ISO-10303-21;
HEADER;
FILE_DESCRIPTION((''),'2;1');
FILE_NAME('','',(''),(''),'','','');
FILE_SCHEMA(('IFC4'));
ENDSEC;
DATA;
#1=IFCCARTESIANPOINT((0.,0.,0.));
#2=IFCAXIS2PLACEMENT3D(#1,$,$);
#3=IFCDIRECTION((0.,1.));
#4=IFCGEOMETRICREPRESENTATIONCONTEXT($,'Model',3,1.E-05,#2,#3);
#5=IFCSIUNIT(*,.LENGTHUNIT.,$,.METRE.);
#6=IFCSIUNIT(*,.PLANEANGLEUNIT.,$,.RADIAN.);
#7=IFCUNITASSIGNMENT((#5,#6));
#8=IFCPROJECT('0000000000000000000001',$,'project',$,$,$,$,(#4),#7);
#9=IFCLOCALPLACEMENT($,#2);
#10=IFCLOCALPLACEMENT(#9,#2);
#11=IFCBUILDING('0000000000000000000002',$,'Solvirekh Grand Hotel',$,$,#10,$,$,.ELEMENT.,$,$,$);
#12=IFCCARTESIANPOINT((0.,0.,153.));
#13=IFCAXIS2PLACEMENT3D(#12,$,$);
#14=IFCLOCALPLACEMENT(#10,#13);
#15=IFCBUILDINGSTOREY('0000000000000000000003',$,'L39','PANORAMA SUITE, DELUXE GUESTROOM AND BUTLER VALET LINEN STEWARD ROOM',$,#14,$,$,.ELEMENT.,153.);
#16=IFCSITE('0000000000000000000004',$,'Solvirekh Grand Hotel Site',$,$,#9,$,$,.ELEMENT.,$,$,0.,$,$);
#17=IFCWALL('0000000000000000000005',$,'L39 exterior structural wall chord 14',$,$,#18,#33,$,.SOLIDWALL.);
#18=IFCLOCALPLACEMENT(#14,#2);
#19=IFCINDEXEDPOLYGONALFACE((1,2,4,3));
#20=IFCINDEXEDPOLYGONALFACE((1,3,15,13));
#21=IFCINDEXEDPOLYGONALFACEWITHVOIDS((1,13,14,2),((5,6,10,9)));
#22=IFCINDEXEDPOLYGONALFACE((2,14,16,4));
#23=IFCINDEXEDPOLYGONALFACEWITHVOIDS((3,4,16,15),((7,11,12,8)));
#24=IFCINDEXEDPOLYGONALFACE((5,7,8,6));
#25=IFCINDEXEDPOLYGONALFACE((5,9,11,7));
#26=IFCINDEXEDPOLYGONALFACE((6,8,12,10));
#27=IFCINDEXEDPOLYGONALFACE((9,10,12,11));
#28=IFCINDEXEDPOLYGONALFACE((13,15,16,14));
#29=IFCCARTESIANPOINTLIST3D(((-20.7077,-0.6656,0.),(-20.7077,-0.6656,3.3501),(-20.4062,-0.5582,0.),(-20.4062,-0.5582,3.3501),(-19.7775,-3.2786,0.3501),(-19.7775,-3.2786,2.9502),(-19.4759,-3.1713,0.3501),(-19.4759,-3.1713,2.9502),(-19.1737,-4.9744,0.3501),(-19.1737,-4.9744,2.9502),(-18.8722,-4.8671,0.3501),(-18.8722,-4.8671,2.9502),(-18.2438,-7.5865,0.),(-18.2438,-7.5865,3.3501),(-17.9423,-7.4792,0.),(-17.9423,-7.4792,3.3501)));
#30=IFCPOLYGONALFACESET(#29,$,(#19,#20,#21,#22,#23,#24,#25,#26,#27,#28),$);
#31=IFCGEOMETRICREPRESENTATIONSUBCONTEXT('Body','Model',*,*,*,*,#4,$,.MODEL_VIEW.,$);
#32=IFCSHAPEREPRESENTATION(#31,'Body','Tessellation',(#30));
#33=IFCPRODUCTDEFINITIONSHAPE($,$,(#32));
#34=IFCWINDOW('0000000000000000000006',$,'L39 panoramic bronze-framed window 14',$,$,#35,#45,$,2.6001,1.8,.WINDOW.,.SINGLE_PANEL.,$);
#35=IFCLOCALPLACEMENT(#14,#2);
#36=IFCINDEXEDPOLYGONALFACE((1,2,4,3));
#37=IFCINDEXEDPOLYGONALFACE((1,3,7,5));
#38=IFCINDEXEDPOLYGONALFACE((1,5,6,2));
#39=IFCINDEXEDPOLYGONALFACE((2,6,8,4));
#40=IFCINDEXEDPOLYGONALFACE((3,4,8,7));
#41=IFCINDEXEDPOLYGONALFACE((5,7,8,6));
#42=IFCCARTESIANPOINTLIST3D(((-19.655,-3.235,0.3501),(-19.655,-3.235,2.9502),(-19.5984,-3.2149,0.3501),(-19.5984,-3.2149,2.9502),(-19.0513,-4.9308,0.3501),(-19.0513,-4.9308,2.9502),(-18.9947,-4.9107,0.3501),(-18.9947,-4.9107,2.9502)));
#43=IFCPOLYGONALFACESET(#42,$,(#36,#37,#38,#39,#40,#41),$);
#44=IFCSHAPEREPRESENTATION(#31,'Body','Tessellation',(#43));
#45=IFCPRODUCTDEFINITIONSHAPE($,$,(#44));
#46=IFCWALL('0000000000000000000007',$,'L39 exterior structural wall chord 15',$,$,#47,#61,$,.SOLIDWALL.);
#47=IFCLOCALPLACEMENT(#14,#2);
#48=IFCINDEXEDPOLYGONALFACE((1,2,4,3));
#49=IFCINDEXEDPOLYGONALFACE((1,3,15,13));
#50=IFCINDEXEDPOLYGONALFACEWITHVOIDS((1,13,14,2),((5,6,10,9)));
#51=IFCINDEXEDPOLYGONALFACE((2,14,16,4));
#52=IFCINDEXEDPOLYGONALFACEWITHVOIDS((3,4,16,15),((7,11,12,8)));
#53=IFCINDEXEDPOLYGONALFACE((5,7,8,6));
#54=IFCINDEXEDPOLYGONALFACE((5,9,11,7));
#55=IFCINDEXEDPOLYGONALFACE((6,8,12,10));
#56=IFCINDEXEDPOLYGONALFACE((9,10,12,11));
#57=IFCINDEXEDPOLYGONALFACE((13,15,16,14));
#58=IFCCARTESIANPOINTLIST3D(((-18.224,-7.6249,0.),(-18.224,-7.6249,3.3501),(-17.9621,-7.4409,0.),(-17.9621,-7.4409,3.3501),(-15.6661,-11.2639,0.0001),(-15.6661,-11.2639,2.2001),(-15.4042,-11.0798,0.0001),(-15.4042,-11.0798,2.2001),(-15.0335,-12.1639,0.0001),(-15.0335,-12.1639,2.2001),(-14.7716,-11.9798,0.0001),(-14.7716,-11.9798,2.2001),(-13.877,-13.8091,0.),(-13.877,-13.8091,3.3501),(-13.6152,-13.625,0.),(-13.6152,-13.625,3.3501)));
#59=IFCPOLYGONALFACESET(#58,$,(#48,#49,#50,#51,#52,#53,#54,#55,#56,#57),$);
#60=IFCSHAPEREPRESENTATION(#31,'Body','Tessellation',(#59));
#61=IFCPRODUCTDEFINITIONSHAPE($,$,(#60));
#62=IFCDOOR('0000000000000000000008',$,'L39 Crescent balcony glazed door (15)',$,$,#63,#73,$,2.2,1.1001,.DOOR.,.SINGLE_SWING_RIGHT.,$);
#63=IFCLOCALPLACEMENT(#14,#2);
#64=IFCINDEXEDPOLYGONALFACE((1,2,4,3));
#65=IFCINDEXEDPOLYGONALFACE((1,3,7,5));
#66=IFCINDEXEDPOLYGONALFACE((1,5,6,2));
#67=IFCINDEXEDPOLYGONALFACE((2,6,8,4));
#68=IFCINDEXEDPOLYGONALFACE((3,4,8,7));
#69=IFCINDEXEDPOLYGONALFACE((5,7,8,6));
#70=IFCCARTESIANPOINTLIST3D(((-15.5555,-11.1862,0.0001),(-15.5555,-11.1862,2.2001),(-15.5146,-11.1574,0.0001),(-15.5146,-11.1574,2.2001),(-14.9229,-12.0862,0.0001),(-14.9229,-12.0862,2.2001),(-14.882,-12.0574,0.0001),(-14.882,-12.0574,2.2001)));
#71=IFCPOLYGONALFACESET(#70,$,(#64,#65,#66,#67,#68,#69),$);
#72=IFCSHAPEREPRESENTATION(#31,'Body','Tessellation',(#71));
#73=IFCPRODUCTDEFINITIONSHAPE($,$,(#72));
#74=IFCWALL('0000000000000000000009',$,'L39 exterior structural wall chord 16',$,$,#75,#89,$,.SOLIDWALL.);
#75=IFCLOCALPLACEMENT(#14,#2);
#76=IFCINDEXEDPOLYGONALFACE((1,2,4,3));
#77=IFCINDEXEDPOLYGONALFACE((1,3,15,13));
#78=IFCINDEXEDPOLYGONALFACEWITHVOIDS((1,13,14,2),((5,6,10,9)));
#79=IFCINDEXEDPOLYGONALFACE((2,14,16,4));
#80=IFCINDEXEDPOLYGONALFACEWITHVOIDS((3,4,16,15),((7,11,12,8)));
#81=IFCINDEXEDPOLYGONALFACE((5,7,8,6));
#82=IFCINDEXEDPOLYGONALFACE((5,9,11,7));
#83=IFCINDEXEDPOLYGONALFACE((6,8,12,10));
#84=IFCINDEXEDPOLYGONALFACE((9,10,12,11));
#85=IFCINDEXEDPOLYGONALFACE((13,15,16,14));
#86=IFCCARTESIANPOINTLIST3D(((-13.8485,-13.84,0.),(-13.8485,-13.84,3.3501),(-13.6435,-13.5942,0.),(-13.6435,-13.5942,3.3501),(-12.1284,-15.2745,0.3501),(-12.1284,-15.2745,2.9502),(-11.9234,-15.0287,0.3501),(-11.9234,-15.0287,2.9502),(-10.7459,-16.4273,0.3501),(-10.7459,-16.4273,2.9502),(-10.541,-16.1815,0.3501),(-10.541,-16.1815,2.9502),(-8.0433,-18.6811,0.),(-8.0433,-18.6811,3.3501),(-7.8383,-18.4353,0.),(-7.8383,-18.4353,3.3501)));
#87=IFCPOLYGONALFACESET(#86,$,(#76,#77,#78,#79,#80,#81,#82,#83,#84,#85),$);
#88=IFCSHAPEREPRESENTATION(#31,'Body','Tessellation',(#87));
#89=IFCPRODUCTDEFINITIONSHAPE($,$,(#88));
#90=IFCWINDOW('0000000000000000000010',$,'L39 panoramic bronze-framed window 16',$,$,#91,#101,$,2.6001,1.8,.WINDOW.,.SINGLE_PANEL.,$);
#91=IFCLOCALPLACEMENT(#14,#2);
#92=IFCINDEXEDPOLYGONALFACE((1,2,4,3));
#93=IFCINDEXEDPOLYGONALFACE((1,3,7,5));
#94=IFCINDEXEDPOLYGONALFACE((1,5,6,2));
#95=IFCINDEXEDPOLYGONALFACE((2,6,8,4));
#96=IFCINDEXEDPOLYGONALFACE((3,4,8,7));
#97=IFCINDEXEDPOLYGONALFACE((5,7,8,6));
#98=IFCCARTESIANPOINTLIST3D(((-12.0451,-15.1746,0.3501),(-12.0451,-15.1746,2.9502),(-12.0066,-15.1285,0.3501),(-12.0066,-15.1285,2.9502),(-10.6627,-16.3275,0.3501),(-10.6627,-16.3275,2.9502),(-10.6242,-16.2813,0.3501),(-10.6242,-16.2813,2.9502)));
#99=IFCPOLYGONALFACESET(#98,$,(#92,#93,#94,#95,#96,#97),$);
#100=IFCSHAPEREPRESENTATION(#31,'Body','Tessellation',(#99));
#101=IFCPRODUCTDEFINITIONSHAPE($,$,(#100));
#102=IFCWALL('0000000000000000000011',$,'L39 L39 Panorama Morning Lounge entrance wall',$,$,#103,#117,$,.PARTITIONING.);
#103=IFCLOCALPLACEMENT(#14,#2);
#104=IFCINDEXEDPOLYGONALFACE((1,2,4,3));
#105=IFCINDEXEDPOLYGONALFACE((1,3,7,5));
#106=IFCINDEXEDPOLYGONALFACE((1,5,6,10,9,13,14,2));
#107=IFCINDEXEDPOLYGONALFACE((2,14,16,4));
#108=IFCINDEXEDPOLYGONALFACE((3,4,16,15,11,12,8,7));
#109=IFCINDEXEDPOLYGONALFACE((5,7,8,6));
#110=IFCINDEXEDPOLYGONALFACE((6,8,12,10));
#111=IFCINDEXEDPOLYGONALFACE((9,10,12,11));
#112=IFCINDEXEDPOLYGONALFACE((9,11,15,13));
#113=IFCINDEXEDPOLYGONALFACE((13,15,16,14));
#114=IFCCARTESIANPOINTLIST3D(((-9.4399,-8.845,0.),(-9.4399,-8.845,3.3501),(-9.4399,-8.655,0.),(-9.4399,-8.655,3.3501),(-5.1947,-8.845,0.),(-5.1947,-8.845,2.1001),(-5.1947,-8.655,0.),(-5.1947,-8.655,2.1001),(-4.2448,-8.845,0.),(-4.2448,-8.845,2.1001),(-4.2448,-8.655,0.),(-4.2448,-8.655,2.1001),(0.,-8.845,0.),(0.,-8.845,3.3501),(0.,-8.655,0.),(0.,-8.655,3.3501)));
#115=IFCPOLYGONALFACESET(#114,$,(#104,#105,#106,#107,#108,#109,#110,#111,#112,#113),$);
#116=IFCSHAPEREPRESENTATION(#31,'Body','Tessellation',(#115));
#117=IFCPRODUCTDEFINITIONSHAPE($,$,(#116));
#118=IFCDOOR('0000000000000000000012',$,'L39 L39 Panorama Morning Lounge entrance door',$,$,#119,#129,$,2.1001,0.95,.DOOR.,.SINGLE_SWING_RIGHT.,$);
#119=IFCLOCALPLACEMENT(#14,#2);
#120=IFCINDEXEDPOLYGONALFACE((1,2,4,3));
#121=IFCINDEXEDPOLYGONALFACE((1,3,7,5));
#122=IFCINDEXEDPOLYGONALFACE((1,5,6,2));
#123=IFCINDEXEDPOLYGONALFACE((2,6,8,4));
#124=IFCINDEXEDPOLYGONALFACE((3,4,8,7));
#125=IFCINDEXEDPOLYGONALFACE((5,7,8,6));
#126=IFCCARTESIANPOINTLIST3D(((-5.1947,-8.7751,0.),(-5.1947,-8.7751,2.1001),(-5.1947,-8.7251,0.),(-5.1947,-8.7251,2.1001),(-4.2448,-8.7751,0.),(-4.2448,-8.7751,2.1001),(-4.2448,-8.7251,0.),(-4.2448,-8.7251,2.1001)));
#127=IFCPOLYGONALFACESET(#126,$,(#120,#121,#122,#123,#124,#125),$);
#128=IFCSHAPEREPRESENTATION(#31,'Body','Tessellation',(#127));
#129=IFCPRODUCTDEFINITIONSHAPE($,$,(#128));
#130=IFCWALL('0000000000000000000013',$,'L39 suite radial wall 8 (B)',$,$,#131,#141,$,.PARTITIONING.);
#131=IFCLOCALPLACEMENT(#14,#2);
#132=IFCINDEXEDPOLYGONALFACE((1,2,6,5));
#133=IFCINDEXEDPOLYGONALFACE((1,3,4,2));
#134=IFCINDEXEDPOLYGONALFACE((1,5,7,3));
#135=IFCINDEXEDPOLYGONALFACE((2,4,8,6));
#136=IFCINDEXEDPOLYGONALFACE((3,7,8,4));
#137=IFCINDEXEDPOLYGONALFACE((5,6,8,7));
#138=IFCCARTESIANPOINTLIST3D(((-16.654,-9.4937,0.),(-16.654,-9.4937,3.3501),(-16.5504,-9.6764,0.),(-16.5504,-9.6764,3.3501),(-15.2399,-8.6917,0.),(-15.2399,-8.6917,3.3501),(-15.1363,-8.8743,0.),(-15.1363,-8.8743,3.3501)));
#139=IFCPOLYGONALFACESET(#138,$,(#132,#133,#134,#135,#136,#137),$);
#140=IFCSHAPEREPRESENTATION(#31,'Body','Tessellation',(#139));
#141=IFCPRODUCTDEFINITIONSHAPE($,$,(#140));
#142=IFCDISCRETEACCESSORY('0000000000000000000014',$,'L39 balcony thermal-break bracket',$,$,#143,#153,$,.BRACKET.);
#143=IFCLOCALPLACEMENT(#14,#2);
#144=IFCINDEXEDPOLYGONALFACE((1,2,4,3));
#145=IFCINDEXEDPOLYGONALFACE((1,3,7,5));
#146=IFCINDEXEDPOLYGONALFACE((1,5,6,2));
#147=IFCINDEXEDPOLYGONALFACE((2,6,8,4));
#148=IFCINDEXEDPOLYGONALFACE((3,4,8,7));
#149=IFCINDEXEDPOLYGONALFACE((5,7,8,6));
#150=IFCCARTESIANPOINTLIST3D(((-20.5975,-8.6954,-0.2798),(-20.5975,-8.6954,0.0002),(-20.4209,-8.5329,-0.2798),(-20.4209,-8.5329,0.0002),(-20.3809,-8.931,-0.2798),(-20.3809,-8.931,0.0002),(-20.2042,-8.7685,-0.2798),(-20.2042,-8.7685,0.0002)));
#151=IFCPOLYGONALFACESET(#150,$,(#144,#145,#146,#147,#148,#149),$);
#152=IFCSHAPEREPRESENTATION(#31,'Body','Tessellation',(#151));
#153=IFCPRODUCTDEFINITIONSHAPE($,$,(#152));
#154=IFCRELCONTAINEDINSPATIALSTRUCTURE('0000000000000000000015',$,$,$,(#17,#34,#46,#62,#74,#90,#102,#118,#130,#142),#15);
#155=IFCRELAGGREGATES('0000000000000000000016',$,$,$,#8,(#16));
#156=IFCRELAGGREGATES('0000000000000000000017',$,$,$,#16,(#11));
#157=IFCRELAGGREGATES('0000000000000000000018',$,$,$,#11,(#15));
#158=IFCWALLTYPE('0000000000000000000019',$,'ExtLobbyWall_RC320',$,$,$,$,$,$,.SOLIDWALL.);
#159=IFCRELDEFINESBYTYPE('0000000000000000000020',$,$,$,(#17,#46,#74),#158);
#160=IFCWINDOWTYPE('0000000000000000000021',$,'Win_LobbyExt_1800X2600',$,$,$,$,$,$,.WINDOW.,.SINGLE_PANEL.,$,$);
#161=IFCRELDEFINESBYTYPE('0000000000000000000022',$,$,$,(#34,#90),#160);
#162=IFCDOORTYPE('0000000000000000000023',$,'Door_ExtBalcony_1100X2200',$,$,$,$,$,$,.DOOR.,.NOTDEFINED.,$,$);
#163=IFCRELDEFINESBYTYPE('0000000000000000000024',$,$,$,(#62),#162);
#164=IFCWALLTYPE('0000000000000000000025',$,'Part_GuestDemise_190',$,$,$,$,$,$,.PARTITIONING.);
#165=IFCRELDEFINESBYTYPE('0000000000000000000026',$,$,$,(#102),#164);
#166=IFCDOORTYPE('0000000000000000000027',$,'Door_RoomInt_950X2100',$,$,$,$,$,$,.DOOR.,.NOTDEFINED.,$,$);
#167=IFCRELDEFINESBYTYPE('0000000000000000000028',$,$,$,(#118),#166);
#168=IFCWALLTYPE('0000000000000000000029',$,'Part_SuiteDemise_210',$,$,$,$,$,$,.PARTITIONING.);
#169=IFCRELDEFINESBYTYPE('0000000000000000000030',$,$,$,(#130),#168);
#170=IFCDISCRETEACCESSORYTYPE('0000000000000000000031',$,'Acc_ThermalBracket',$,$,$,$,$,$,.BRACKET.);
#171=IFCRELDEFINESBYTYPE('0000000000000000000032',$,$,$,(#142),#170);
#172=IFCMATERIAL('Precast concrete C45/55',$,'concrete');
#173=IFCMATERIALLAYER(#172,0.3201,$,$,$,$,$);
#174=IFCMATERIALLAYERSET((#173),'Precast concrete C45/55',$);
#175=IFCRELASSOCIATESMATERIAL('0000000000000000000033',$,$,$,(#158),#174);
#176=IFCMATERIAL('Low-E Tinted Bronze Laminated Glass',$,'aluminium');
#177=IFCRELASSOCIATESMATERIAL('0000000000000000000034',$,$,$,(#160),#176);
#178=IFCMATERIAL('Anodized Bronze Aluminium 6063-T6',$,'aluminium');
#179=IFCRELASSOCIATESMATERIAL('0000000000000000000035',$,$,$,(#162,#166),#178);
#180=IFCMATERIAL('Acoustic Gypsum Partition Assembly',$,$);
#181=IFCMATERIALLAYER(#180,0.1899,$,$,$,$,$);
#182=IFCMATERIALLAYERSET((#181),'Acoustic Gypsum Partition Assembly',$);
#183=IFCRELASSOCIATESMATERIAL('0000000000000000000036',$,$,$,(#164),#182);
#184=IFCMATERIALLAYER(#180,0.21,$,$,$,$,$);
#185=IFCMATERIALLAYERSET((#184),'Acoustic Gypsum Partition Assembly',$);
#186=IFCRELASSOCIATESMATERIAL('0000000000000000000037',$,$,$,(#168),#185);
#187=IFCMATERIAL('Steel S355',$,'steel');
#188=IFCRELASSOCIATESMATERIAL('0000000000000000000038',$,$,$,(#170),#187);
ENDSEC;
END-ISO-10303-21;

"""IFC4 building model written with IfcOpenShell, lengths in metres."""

from ifc_helpers import new_model, si_unit, direction, frame, frame_2d, origin, origin_2d, place, context, subcontext, project, spatial, rectangle, extrude, material, layer, layer_set, type_object, element, fill, save


model = new_model("IFC4")

# Units and contexts
model_context = context("Model", 3, precision=1e-05, world=origin(), true_north=direction((0.0, 1.0)))
body_context = subcontext(model_context, "Body", "Model", "MODEL_VIEW")
ifc_project = project(units=[si_unit("LENGTHUNIT", "METRE"), si_unit("PLANEANGLEUNIT", "RADIAN")], contexts=[model_context])

# Site, building, storey
site_placement = place(None, origin())
site = spatial("IfcSite", under=ifc_project, at=site_placement, Name="Solvirekh Grand Hotel Site", CompositionType="ELEMENT", RefElevation=0.0)
building_placement = place(site_placement, origin())
building = spatial("IfcBuilding", under=site, at=building_placement, Name="Solvirekh Grand Hotel", CompositionType="ELEMENT")
storey_placement = place(building_placement, frame((0.0, 0.0, 153.0)))
storey = spatial("IfcBuildingStorey", under=building, at=storey_placement, Name="L39", Description="PANORAMA SUITE, DELUXE GUESTROOM AND BUTLER VALET LINEN STEWARD ROOM", CompositionType="ELEMENT", Elevation=153.0)

# Shared definitions
ifc_material_1 = material(Name="Steel S355", Category="steel")

# Wall, opening, window
ifc_material_2 = material(Name="Precast concrete C45/55", Category="concrete")
ifc_layer_1 = layer(ifc_material_2, 0.3201)
ifc_layer_set_1 = layer_set([ifc_layer_1], Name="Precast concrete C45/55")
wall_type_1 = type_object("IfcWallType", Name="ExtLobbyWall_RC320", PredefinedType="SOLIDWALL", material=ifc_layer_set_1)
wall_1_placement = place(storey_placement, frame((-18.093, -7.533, 0.0), z_axis=(0.0, 0.0, 1.0), x_axis=(-0.335385, 0.942081, 0.0)))
wall_1 = element("IfcWall", 1, at=wall_1_placement, inside=storey, type_object=wall_type_1, Name="L39 exterior structural wall chord 14", PredefinedType="SOLIDWALL", context=body_context, shape_type="SweptSolid", body=[
    extrude(rectangle(XDim=7.3464, YDim=0.3201, at=frame_2d((3.6733, 0.0))), origin(), (0.0, 0.0, 1.0), 3.3501),
])
opening_1_placement = place(wall_1_placement, frame((2.7729, 0.0, 0.3501)))
opening_1 = element("IfcOpeningElement", 2, at=opening_1_placement, cuts=wall_1, PredefinedType="OPENING", context=body_context, shape_type="SweptSolid", body=[
    extrude(rectangle(XDim=1.8, YDim=2.6001, at=frame_2d((0.8999, 1.3))), frame((0.0, 0.1699, 0.0), z_axis=(0.0, -1.0, 0.0), x_axis=(1.0, 0.0, 0.0)), (0.0, 0.0, 1.0), 0.3401),
])
ifc_material_3 = material(Name="Low-E Tinted Bronze Laminated Glass", Category="aluminium")
window_type = type_object("IfcWindowType", Name="Win_LobbyExt_1800X2600", PartitioningType="SINGLE_PANEL", PredefinedType="WINDOW", material=ifc_material_3)
window_1_placement = place(opening_1_placement, origin())
window_1 = element("IfcWindow", 3, at=window_1_placement, inside=storey, type_object=window_type, Name="L39 panoramic bronze-framed window 14", OverallHeight=2.6001, OverallWidth=1.8, PartitioningType="SINGLE_PANEL", PredefinedType="WINDOW", context=body_context, shape_type="SweptSolid", body=[
    extrude(rectangle(XDim=1.8, YDim=2.6001, at=frame_2d((0.8999, 1.3))), frame((0.0, 0.03, 0.0), z_axis=(0.0, -1.0, 0.0), x_axis=(1.0, 0.0, 0.0)), (0.0, 0.0, 1.0), 0.0601),
])
fill(opening_1, window_1)

# Wall, opening, door
wall_2_placement = place(storey_placement, frame((-13.7461, -13.717, 0.0), z_axis=(0.0, 0.0, 1.0), x_axis=(-0.575065, 0.818108, 0.0)))
wall_2 = element("IfcWall", 4, at=wall_2_placement, inside=storey, type_object=wall_type_1, Name="L39 exterior structural wall chord 15", PredefinedType="SOLIDWALL", context=body_context, shape_type="SweptSolid", body=[
    extrude(rectangle(XDim=7.5591, YDim=0.3201, at=frame_2d((3.7795, 0.0))), origin(), (0.0, 0.0, 1.0), 3.3501),
])
opening_2_placement = place(wall_2_placement, frame((2.011, 0.0, 0.0)))
opening_2 = element("IfcOpeningElement", 5, at=opening_2_placement, cuts=wall_2, PredefinedType="OPENING", context=body_context, shape_type="SweptSolid", body=[
    extrude(rectangle(XDim=1.1001, YDim=2.2, at=frame_2d((0.55, 1.1001))), frame((0.0, 0.1699, 0.0), z_axis=(0.0, -1.0, 0.0), x_axis=(1.0, 0.0, 0.0)), (0.0, 0.0, 1.0), 0.3401),
])
ifc_material_4 = material(Name="Anodized Bronze Aluminium 6063-T6", Category="aluminium")
door_type_1 = type_object("IfcDoorType", Name="Door_ExtBalcony_1100X2200", OperationType="NOTDEFINED", PredefinedType="DOOR", material=ifc_material_4)
door_1_placement = place(opening_2_placement, origin())
door_1 = element("IfcDoor", 6, at=door_1_placement, inside=storey, type_object=door_type_1, Name="L39 Crescent balcony glazed door (15)", OperationType="SINGLE_SWING_RIGHT", OverallHeight=2.2, OverallWidth=1.1001, PredefinedType="DOOR", context=body_context, shape_type="SweptSolid", body=[
    extrude(rectangle(XDim=1.1001, YDim=2.2, at=frame_2d((0.55, 1.1001))), frame((0.0, 0.0249, 0.0), z_axis=(0.0, -1.0, 0.0), x_axis=(1.0, 0.0, 0.0)), (0.0, 0.0, 1.0), 0.05),
])
fill(opening_2, door_1)

# Wall, opening, window
wall_3_placement = place(storey_placement, frame((-7.9409, -18.5581, 0.0), z_axis=(0.0, 0.0, 1.0), x_axis=(-0.767999, 0.640451, 0.0)))
wall_3 = element("IfcWall", 7, at=wall_3_placement, inside=storey, type_object=wall_type_1, Name="L39 exterior structural wall chord 16", PredefinedType="SOLIDWALL", context=body_context, shape_type="SweptSolid", body=[
    extrude(rectangle(XDim=7.5588, YDim=0.3201, at=frame_2d((3.7793, 0.0))), origin(), (0.0, 0.0, 1.0), 3.3501),
])
opening_3_placement = place(wall_3_placement, frame((3.519, 0.0, 0.3501)))
opening_3 = element("IfcOpeningElement", 8, at=opening_3_placement, cuts=wall_3, PredefinedType="OPENING", context=body_context, shape_type="SweptSolid", body=[
    extrude(rectangle(XDim=1.8, YDim=2.6001, at=frame_2d((0.8999, 1.3))), frame((0.0, 0.1699, 0.0), z_axis=(0.0, -1.0, 0.0), x_axis=(1.0, 0.0, 0.0)), (0.0, 0.0, 1.0), 0.3401),
])
window_2_placement = place(opening_3_placement, origin())
window_2 = element("IfcWindow", 9, at=window_2_placement, inside=storey, type_object=window_type, Name="L39 panoramic bronze-framed window 16", OverallHeight=2.6001, OverallWidth=1.8, PartitioningType="SINGLE_PANEL", PredefinedType="WINDOW", context=body_context, shape_type="SweptSolid", body=[
    extrude(rectangle(XDim=1.8, YDim=2.6001, at=frame_2d((0.8999, 1.3))), frame((0.0, 0.03, 0.0), z_axis=(0.0, -1.0, 0.0), x_axis=(1.0, 0.0, 0.0)), (0.0, 0.0, 1.0), 0.0601),
])
fill(opening_3, window_2)

# Wall, opening, door
ifc_material_5 = material(Name="Acoustic Gypsum Partition Assembly")
ifc_layer_2 = layer(ifc_material_5, 0.1899)
ifc_layer_set_2 = layer_set([ifc_layer_2], Name="Acoustic Gypsum Partition Assembly")
wall_type_2 = type_object("IfcWallType", Name="Part_GuestDemise_190", PredefinedType="PARTITIONING", material=ifc_layer_set_2)
wall_4_placement = place(storey_placement, frame((-9.4399, -8.75, 0.0), z_axis=(0.0, 0.0, 1.0), x_axis=(1.0, 0.0, 0.0)))
wall_4 = element("IfcWall", 10, at=wall_4_placement, inside=storey, type_object=wall_type_2, Name="L39 L39 Panorama Morning Lounge entrance wall", PredefinedType="PARTITIONING", context=body_context, shape_type="SweptSolid", body=[
    extrude(rectangle(XDim=9.4399, YDim=0.1899, at=frame_2d((4.72, 0.0))), origin(), (0.0, 0.0, 1.0), 3.3501),
])
opening_4_placement = place(wall_4_placement, frame((4.2451, 0.0, 0.0)))
opening_4 = element("IfcOpeningElement", 11, at=opening_4_placement, cuts=wall_4, PredefinedType="OPENING", context=body_context, shape_type="SweptSolid", body=[
    extrude(rectangle(XDim=0.95, YDim=2.1001, at=frame_2d((0.4751, 1.05))), frame((0.0, 0.105, 0.0), z_axis=(0.0, -1.0, 0.0), x_axis=(1.0, 0.0, 0.0)), (0.0, 0.0, 1.0), 0.21),
])
door_type_2 = type_object("IfcDoorType", Name="Door_RoomInt_950X2100", OperationType="NOTDEFINED", PredefinedType="DOOR", material=ifc_material_4)
door_2_placement = place(opening_4_placement, origin())
door_2 = element("IfcDoor", 12, at=door_2_placement, inside=storey, type_object=door_type_2, Name="L39 L39 Panorama Morning Lounge entrance door", OperationType="SINGLE_SWING_RIGHT", OverallHeight=2.1001, OverallWidth=0.95, PredefinedType="DOOR", context=body_context, shape_type="SweptSolid", body=[
    extrude(rectangle(XDim=0.95, YDim=2.1001, at=frame_2d((0.4751, 1.05))), frame((0.0, 0.0249, 0.0), z_axis=(0.0, -1.0, 0.0), x_axis=(1.0, 0.0, 0.0)), (0.0, 0.0, 1.0), 0.05),
])
fill(opening_4, door_2)

# Wall
ifc_layer_3 = layer(ifc_material_5, 0.21)
ifc_layer_set_3 = layer_set([ifc_layer_3], Name="Acoustic Gypsum Partition Assembly")
wall_type_3 = type_object("IfcWallType", Name="Part_SuiteDemise_210", PredefinedType="PARTITIONING", material=ifc_layer_set_3)
wall_5_placement = place(storey_placement, frame((-15.188, -8.783, 0.0), z_axis=(0.0, 0.0, 1.0), x_axis=(-0.869837, -0.493338, 0.0)))
element("IfcWall", 13, at=wall_5_placement, inside=storey, type_object=wall_type_3, Name="L39 suite radial wall 8 (B)", PredefinedType="PARTITIONING", context=body_context, shape_type="SweptSolid", body=[
    extrude(rectangle(XDim=1.6257, YDim=0.21, at=frame_2d((0.813, 0.0))), origin(), (0.0, 0.0, 1.0), 3.3501),
])

# Discrete accessory
discrete_accessory_type = type_object("IfcDiscreteAccessoryType", Name="Acc_ThermalBracket", PredefinedType="BRACKET", material=ifc_material_1)
discrete_accessory_placement = place(storey_placement, frame((-20.4009, -8.7319, -0.2798), z_axis=(0.0, 0.0, 1.0), x_axis=(0.676876, -0.736097, 0.0)))
element("IfcDiscreteAccessory", 14, at=discrete_accessory_placement, inside=storey, type_object=discrete_accessory_type, Name="L39 balcony thermal-break bracket", PredefinedType="BRACKET", context=body_context, shape_type="SweptSolid", body=[
    extrude(rectangle(XDim=0.3201, YDim=0.24, at=origin_2d()), origin(), (0.0, 0.0, 1.0), 0.28),
])

save(model, "model.ifc")
